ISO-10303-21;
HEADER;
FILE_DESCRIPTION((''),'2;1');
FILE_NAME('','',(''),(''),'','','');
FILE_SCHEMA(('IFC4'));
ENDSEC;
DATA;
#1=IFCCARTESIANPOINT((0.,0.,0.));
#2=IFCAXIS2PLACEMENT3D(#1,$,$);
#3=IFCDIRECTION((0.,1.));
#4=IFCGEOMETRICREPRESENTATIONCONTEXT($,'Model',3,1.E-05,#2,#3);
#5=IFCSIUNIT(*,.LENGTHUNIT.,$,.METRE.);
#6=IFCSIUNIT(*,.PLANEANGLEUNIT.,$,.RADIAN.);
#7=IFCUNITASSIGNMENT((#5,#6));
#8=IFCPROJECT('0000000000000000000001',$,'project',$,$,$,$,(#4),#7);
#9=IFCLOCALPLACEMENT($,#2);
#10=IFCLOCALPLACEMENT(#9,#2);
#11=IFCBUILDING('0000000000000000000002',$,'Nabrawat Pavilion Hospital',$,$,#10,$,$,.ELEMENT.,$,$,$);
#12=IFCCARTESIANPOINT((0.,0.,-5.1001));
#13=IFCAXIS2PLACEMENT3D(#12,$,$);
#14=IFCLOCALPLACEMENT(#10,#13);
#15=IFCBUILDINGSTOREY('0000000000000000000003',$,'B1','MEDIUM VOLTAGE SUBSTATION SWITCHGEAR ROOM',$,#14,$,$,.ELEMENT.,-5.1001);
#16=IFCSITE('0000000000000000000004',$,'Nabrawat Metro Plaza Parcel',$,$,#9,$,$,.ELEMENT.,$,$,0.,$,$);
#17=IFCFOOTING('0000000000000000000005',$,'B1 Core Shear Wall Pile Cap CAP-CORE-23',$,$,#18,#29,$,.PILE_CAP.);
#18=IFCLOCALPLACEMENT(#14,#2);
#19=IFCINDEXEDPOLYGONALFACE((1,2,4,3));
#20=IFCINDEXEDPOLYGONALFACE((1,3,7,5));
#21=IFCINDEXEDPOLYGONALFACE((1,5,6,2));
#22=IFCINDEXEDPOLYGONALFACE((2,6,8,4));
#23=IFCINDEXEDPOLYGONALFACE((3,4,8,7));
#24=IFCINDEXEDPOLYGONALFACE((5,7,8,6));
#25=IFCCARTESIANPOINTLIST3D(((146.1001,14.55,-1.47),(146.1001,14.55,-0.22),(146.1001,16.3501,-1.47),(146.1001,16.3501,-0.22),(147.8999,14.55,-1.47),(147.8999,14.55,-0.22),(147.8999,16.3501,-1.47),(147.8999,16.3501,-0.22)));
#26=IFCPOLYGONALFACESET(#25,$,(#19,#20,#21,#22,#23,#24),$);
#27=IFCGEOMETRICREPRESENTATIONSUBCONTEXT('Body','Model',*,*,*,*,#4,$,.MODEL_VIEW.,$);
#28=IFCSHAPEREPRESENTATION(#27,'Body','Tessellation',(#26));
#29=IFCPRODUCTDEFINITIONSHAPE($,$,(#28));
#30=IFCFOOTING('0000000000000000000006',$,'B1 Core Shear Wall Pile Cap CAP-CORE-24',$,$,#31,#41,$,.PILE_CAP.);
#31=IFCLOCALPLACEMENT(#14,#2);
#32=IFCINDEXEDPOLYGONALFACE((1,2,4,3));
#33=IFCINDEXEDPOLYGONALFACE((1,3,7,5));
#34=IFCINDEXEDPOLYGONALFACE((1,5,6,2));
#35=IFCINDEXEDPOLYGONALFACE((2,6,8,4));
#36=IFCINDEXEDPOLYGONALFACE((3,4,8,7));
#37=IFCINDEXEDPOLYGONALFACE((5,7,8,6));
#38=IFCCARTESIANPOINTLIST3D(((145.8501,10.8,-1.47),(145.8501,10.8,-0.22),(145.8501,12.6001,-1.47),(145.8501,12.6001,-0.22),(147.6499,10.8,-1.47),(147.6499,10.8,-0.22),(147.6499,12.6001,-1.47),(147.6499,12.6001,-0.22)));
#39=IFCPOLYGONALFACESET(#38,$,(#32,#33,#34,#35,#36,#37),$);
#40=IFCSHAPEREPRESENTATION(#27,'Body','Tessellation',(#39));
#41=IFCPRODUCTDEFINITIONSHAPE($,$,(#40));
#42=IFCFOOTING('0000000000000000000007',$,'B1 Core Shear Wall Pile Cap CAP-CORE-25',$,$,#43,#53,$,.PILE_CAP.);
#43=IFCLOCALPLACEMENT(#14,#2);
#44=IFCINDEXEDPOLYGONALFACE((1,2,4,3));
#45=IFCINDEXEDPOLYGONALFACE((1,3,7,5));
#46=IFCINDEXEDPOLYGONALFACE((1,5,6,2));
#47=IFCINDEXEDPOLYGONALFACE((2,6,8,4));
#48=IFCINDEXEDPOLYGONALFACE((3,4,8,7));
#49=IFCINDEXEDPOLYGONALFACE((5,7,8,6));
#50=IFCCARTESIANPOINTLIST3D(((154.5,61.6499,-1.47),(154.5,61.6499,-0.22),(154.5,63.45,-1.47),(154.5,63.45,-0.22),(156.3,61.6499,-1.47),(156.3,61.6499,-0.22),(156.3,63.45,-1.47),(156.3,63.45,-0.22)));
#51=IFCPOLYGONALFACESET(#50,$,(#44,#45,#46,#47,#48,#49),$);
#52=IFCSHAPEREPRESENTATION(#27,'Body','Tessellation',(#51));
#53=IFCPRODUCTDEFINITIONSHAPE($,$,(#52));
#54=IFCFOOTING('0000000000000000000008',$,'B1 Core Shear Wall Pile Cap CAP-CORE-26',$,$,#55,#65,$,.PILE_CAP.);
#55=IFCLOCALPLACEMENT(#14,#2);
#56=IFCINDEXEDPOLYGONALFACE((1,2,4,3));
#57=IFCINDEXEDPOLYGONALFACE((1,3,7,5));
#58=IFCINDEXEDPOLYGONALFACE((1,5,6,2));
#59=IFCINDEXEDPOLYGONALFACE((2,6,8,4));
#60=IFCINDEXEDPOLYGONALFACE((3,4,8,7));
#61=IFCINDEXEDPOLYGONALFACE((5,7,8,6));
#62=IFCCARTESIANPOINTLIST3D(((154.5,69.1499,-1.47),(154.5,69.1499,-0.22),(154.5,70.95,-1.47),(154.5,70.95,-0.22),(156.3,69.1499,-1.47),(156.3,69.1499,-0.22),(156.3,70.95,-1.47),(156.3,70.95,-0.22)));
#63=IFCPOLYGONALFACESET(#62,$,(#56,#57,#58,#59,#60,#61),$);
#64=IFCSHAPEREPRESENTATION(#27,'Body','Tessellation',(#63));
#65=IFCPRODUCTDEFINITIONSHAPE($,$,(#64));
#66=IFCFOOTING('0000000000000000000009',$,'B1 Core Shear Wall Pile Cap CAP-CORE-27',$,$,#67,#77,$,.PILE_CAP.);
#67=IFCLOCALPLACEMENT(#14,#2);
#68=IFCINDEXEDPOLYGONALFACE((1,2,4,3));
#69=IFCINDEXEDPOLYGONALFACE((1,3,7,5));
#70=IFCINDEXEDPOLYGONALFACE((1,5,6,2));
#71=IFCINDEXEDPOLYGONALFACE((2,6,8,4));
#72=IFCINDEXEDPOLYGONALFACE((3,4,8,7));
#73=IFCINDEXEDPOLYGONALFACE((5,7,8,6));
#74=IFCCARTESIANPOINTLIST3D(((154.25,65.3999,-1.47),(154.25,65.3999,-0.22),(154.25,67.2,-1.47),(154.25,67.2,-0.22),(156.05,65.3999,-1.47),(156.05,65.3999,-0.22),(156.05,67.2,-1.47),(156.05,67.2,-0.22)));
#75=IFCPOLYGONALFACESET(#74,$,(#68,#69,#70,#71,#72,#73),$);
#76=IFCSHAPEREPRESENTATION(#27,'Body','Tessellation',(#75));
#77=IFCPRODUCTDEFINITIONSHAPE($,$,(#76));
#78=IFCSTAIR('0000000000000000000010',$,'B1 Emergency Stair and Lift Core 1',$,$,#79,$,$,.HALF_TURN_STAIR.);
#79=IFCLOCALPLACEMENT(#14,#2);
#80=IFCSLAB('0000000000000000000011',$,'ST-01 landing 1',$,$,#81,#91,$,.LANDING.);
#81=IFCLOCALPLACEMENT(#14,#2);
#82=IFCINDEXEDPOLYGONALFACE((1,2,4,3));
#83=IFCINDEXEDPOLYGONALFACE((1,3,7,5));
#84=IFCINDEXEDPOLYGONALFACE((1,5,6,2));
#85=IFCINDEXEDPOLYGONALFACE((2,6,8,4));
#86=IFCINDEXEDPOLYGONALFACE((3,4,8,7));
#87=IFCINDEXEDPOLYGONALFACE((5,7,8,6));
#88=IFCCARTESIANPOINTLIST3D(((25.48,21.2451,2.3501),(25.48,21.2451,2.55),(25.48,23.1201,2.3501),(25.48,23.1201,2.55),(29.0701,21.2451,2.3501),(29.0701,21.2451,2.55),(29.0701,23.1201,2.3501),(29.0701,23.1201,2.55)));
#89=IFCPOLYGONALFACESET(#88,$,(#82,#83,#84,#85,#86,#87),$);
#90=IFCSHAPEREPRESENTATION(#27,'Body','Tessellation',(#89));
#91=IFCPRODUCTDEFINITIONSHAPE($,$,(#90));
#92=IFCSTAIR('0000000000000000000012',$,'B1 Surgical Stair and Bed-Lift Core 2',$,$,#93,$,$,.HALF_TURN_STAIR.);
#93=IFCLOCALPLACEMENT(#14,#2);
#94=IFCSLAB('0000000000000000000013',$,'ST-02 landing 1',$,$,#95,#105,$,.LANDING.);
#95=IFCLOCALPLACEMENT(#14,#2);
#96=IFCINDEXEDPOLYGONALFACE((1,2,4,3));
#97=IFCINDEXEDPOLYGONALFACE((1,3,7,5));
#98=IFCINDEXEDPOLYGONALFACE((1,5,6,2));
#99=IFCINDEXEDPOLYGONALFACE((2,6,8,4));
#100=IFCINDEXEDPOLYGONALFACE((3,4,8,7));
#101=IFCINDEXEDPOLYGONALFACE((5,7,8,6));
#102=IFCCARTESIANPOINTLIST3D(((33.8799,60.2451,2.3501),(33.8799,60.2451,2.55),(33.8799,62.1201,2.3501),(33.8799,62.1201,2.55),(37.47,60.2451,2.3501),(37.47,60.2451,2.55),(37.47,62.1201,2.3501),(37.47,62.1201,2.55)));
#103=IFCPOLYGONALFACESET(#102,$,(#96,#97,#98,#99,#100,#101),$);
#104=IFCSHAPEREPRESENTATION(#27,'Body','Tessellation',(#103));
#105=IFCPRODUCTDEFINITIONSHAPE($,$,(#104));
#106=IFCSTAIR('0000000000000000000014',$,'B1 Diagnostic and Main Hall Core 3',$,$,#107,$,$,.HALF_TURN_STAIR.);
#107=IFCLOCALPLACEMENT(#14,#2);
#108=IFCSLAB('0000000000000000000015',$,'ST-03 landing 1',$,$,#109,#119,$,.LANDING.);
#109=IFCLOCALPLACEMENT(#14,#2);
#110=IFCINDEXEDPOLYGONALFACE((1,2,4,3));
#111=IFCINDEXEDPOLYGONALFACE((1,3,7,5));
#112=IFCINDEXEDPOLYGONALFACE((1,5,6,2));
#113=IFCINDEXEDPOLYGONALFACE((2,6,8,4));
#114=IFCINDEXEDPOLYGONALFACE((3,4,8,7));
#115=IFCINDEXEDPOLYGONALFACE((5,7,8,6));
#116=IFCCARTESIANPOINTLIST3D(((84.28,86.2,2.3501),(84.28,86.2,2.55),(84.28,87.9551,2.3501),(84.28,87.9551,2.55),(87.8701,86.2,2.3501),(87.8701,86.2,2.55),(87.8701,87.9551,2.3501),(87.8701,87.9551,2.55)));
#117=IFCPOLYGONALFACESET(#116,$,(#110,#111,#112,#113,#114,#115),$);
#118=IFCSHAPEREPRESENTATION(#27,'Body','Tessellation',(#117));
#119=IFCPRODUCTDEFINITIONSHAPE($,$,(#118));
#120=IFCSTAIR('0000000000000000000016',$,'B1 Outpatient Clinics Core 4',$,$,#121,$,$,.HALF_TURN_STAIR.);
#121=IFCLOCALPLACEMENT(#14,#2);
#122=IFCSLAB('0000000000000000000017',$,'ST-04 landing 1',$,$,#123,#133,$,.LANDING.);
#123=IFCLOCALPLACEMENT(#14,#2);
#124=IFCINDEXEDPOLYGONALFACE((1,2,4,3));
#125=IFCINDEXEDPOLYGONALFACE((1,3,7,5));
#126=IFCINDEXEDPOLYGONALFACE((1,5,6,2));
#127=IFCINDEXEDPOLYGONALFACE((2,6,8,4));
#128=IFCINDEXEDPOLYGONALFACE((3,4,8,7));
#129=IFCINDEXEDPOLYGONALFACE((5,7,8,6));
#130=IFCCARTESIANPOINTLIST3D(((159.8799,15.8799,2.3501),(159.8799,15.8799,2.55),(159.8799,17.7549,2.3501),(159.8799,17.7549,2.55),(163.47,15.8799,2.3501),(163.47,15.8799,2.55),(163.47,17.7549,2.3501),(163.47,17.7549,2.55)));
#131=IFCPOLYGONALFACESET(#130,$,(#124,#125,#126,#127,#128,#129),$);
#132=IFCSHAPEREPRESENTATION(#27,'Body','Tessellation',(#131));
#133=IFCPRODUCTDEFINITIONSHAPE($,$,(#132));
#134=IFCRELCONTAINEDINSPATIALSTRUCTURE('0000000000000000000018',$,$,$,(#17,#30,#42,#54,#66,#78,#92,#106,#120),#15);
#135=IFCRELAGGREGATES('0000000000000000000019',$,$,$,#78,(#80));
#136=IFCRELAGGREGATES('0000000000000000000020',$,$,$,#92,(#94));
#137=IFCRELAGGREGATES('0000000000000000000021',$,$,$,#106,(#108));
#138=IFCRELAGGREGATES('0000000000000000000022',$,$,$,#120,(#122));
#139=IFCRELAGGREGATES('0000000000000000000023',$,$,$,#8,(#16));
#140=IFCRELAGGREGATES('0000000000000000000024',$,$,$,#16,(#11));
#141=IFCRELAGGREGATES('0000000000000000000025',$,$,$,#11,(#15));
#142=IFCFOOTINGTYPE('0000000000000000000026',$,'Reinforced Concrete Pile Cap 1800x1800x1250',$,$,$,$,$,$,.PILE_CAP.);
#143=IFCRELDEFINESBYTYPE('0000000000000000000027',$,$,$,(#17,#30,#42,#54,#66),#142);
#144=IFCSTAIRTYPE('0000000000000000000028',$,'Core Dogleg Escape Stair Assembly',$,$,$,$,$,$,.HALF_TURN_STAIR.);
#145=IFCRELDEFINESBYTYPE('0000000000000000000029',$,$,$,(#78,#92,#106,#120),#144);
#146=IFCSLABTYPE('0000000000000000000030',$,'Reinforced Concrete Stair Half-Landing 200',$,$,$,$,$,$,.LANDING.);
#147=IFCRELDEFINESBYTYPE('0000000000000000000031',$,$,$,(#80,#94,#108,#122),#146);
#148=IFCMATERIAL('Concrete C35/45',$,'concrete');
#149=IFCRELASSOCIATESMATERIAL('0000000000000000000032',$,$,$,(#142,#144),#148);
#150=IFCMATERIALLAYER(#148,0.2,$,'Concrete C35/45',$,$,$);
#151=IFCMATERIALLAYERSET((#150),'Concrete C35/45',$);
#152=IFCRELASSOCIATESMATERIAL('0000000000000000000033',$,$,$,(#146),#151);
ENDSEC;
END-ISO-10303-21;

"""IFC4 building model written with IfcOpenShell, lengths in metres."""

from ifc_helpers import new_model, si_unit, direction, frame, origin, place, context, subcontext, project, spatial, polyline, outline, extrude, material, layer, layer_set, type_object, element, aggregate, save


model = new_model("IFC4")

# Units and contexts
model_context = context("Model", 3, precision=1e-05, world=origin(), true_north=direction((0.0, 1.0)))
body_context = subcontext(model_context, "Body", "Model", "MODEL_VIEW")
ifc_project = project(units=[si_unit("LENGTHUNIT", "METRE"), si_unit("PLANEANGLEUNIT", "RADIAN")], contexts=[model_context])

# Site, building, storey
site_placement = place(None, origin())
site = spatial("IfcSite", under=ifc_project, at=site_placement, Name="Nabrawat Metro Plaza Parcel", CompositionType="ELEMENT", RefElevation=0.0)
building_placement = place(site_placement, origin())
building = spatial("IfcBuilding", under=site, at=building_placement, Name="Nabrawat Pavilion Hospital", CompositionType="ELEMENT")
storey_placement = place(building_placement, frame((0.0, 0.0, -5.1001)))
storey = spatial("IfcBuildingStorey", under=building, at=storey_placement, Name="B1", Description="MEDIUM VOLTAGE SUBSTATION SWITCHGEAR ROOM", CompositionType="ELEMENT", Elevation=-5.1001)

# Footings
ifc_material = material(Name="Concrete C35/45", Category="concrete")
footing_type = type_object("IfcFootingType", Name="Reinforced Concrete Pile Cap 1800x1800x1250", PredefinedType="PILE_CAP", material=ifc_material)
footing_1_placement = place(storey_placement, frame((0.0, 0.0, -1.47)))
element("IfcFooting", 1, at=footing_1_placement, inside=storey, type_object=footing_type, Name="B1 Core Shear Wall Pile Cap CAP-CORE-23", PredefinedType="PILE_CAP", context=body_context, shape_type="SweptSolid", body=[
    extrude(outline(polyline([(147.8999, 14.55), (147.8999, 16.3501), (146.1001, 16.3501), (146.1001, 14.55), (147.8999, 14.55)])), origin(), (0.0, 0.0, 1.0), 1.25),
])
footing_2_placement = place(storey_placement, frame((0.0, 0.0, -1.47)))
element("IfcFooting", 2, at=footing_2_placement, inside=storey, type_object=footing_type, Name="B1 Core Shear Wall Pile Cap CAP-CORE-24", PredefinedType="PILE_CAP", context=body_context, shape_type="SweptSolid", body=[
    extrude(outline(polyline([(147.6499, 10.8), (147.6499, 12.6001), (145.8501, 12.6001), (145.8501, 10.8), (147.6499, 10.8)])), origin(), (0.0, 0.0, 1.0), 1.25),
])
footing_3_placement = place(storey_placement, frame((0.0, 0.0, -1.47)))
element("IfcFooting", 3, at=footing_3_placement, inside=storey, type_object=footing_type, Name="B1 Core Shear Wall Pile Cap CAP-CORE-25", PredefinedType="PILE_CAP", context=body_context, shape_type="SweptSolid", body=[
    extrude(outline(polyline([(156.3, 61.6499), (156.3, 63.45), (154.5, 63.45), (154.5, 61.6499), (156.3, 61.6499)])), origin(), (0.0, 0.0, 1.0), 1.25),
])
footing_4_placement = place(storey_placement, frame((0.0, 0.0, -1.47)))
element("IfcFooting", 4, at=footing_4_placement, inside=storey, type_object=footing_type, Name="B1 Core Shear Wall Pile Cap CAP-CORE-26", PredefinedType="PILE_CAP", context=body_context, shape_type="SweptSolid", body=[
    extrude(outline(polyline([(156.3, 69.1499), (156.3, 70.95), (154.5, 70.95), (154.5, 69.1499), (156.3, 69.1499)])), origin(), (0.0, 0.0, 1.0), 1.25),
])
footing_5_placement = place(storey_placement, frame((0.0, 0.0, -1.47)))
element("IfcFooting", 5, at=footing_5_placement, inside=storey, type_object=footing_type, Name="B1 Core Shear Wall Pile Cap CAP-CORE-27", PredefinedType="PILE_CAP", context=body_context, shape_type="SweptSolid", body=[
    extrude(outline(polyline([(156.05, 65.3999), (156.05, 67.2), (154.25, 67.2), (154.25, 65.3999), (156.05, 65.3999)])), origin(), (0.0, 0.0, 1.0), 1.25),
])

# Stairs, slabs
stair_type = type_object("IfcStairType", Name="Core Dogleg Escape Stair Assembly", PredefinedType="HALF_TURN_STAIR", material=ifc_material)
stair_1_placement = place(storey_placement, origin())
stair_1 = element("IfcStair", 6, at=stair_1_placement, inside=storey, type_object=stair_type, Name="B1 Emergency Stair and Lift Core 1", PredefinedType="HALF_TURN_STAIR")
ifc_layer = layer(ifc_material, 0.2, Name="Concrete C35/45")
ifc_layer_set = layer_set([ifc_layer], Name="Concrete C35/45")
slab_type = type_object("IfcSlabType", Name="Reinforced Concrete Stair Half-Landing 200", PredefinedType="LANDING", material=ifc_layer_set)
slab_1_placement = place(storey_placement, frame((0.0, 0.0, 2.3501)))
slab_1 = element("IfcSlab", 7, at=slab_1_placement, type_object=slab_type, Name="ST-01 landing 1", PredefinedType="LANDING", context=body_context, shape_type="SweptSolid", body=[
    extrude(outline(polyline([(29.0701, 21.2451), (29.0701, 23.1201), (25.48, 23.1201), (25.48, 21.2451), (29.0701, 21.2451)])), origin(), (0.0, 0.0, 1.0), 0.2),
])
aggregate(stair_1, [slab_1])
stair_2_placement = place(storey_placement, origin())
stair_2 = element("IfcStair", 8, at=stair_2_placement, inside=storey, type_object=stair_type, Name="B1 Surgical Stair and Bed-Lift Core 2", PredefinedType="HALF_TURN_STAIR")
slab_2_placement = place(storey_placement, frame((0.0, 0.0, 2.3501)))
slab_2 = element("IfcSlab", 9, at=slab_2_placement, type_object=slab_type, Name="ST-02 landing 1", PredefinedType="LANDING", context=body_context, shape_type="SweptSolid", body=[
    extrude(outline(polyline([(37.47, 60.2451), (37.47, 62.1201), (33.8799, 62.1201), (33.8799, 60.2451), (37.47, 60.2451)])), origin(), (0.0, 0.0, 1.0), 0.2),
])
aggregate(stair_2, [slab_2])
stair_3_placement = place(storey_placement, origin())
stair_3 = element("IfcStair", 10, at=stair_3_placement, inside=storey, type_object=stair_type, Name="B1 Diagnostic and Main Hall Core 3", PredefinedType="HALF_TURN_STAIR")
slab_3_placement = place(storey_placement, frame((0.0, 0.0, 2.3501)))
slab_3 = element("IfcSlab", 11, at=slab_3_placement, type_object=slab_type, Name="ST-03 landing 1", PredefinedType="LANDING", context=body_context, shape_type="SweptSolid", body=[
    extrude(outline(polyline([(87.8701, 86.2), (87.8701, 87.9551), (84.28, 87.9551), (84.28, 86.2), (87.8701, 86.2)])), origin(), (0.0, 0.0, 1.0), 0.2),
])
aggregate(stair_3, [slab_3])
stair_4_placement = place(storey_placement, origin())
stair_4 = element("IfcStair", 12, at=stair_4_placement, inside=storey, type_object=stair_type, Name="B1 Outpatient Clinics Core 4", PredefinedType="HALF_TURN_STAIR")
slab_4_placement = place(storey_placement, frame((0.0, 0.0, 2.3501)))
slab_4 = element("IfcSlab", 13, at=slab_4_placement, type_object=slab_type, Name="ST-04 landing 1", PredefinedType="LANDING", context=body_context, shape_type="SweptSolid", body=[
    extrude(outline(polyline([(163.47, 15.8799), (163.47, 17.7549), (159.8799, 17.7549), (159.8799, 15.8799), (163.47, 15.8799)])), origin(), (0.0, 0.0, 1.0), 0.2),
])
aggregate(stair_4, [slab_4])

save(model, "model.ifc")
